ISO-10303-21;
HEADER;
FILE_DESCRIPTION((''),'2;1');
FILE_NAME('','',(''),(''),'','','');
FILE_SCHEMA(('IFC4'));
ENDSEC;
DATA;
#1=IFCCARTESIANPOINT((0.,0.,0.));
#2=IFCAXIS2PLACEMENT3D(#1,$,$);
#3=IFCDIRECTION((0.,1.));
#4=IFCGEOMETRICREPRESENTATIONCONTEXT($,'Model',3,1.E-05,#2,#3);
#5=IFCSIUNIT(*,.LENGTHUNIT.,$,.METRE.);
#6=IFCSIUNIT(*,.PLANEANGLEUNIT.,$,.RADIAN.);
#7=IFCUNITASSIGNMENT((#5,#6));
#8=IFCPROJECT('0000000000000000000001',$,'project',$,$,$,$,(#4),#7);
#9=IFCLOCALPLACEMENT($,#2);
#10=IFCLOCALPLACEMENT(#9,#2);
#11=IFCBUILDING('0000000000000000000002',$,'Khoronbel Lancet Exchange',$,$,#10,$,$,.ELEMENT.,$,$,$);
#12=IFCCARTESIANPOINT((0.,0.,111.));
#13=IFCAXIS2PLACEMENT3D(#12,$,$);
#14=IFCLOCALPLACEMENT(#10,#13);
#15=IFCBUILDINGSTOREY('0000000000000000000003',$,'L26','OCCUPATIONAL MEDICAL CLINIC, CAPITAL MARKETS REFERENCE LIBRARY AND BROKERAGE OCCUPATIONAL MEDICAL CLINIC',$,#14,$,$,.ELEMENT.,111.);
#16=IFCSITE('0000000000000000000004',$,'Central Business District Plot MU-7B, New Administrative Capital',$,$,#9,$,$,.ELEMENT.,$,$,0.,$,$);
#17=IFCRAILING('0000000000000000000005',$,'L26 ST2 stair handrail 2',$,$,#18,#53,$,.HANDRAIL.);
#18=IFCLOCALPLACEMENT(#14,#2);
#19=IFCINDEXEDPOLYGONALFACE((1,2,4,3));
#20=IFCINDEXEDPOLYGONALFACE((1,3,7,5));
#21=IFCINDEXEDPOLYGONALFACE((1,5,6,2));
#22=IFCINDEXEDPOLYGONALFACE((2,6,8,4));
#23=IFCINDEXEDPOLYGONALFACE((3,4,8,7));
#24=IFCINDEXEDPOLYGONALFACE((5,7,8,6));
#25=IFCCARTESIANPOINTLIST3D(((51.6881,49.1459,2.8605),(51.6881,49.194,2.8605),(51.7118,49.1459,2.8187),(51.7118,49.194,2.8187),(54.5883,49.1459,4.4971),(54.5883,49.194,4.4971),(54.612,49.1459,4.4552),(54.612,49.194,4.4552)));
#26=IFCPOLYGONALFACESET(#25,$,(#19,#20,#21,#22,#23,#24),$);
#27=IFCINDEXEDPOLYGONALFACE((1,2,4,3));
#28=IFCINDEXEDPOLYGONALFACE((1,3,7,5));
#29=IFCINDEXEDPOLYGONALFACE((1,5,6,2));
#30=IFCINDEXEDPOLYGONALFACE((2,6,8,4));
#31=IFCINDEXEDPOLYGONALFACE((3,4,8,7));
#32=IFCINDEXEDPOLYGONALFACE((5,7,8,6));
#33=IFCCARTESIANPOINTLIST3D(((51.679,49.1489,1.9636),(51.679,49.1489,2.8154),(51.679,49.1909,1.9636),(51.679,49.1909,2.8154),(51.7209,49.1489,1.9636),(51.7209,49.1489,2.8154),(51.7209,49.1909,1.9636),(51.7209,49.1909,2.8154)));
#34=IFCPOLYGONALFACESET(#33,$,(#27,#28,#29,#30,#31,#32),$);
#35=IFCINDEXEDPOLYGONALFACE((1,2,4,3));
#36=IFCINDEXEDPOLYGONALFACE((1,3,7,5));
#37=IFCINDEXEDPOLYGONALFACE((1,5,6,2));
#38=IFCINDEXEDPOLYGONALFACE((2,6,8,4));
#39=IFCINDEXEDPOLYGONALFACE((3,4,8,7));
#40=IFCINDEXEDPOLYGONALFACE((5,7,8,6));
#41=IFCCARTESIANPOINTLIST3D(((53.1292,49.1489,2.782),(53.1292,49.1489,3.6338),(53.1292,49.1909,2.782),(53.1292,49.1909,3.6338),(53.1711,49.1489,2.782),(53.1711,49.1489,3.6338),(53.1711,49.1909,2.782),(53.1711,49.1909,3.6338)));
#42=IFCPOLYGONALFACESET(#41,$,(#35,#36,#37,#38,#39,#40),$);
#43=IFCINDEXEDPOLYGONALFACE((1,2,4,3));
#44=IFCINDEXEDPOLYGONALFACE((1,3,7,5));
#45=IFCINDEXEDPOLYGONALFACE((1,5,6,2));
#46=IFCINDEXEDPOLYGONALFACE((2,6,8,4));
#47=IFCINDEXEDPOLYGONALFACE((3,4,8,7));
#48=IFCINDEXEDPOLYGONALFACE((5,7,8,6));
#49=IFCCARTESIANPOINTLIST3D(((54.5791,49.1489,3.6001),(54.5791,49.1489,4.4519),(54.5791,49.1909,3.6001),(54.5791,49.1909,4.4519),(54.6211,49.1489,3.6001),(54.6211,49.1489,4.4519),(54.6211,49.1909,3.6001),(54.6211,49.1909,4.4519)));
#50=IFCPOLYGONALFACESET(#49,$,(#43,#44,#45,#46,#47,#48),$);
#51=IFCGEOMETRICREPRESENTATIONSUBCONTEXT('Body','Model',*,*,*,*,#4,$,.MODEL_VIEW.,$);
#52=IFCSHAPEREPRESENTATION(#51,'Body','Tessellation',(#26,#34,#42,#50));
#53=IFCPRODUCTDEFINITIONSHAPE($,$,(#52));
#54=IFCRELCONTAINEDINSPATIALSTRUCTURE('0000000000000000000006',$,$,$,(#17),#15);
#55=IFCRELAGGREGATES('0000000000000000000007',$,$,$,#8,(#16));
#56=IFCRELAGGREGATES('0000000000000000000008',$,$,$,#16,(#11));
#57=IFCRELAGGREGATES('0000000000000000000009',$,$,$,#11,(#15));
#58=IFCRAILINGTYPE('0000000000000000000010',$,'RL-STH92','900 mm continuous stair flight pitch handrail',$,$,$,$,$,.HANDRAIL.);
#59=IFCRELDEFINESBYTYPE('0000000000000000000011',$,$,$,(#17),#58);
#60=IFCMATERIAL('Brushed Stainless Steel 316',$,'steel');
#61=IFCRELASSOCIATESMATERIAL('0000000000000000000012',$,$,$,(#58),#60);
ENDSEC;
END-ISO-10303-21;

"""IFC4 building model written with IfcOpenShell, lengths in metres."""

from ifc_helpers import new_model, si_unit, direction, frame, origin, origin_2d, place, context, subcontext, project, spatial, rectangle, extrude, material, type_object, element, save


model = new_model("IFC4")

# Units and contexts
model_context = context("Model", 3, precision=1e-05, world=origin(), true_north=direction((0.0, 1.0)))
body_context = subcontext(model_context, "Body", "Model", "MODEL_VIEW")
ifc_project = project(units=[si_unit("LENGTHUNIT", "METRE"), si_unit("PLANEANGLEUNIT", "RADIAN")], contexts=[model_context])

# Site, building, storey
site_placement = place(None, origin())
site = spatial("IfcSite", under=ifc_project, at=site_placement, Name="Central Business District Plot MU-7B, New Administrative Capital", CompositionType="ELEMENT", RefElevation=0.0)
building_placement = place(site_placement, origin())
building = spatial("IfcBuilding", under=site, at=building_placement, Name="Khoronbel Lancet Exchange", CompositionType="ELEMENT")
storey_placement = place(building_placement, frame((0.0, 0.0, 111.0)))
storey = spatial("IfcBuildingStorey", under=building, at=storey_placement, Name="L26", Description="OCCUPATIONAL MEDICAL CLINIC, CAPITAL MARKETS REFERENCE LIBRARY AND BROKERAGE OCCUPATIONAL MEDICAL CLINIC", CompositionType="ELEMENT", Elevation=111.0)

# Railing
ifc_material_1 = material(Name="Brushed Stainless Steel 316", Category="steel")
railing_type_1 = type_object("IfcRailingType", Name="RL-STH92", Description="900 mm continuous stair flight pitch handrail", PredefinedType="HANDRAIL", material=ifc_material_1)
railing_1_placement = place(storey_placement, frame((51.7, 49.1699, 1.9636)))
element("IfcRailing", 1, at=railing_1_placement, inside=storey, type_object=railing_type_1, Name="L26 ST2 stair handrail 2", PredefinedType="HANDRAIL", context=body_context, shape_type="SweptSolid", body=[
    extrude(rectangle(XDim=0.0481, YDim=0.0481, at=origin_2d()), frame((0.0, 0.0, 0.876), z_axis=(0.870915, 0.0, 0.491434), x_axis=(0.0, 1.0, 0.0)), (0.0, 0.0, 1.0), 3.3301),
    extrude(rectangle(XDim=0.042, YDim=0.042, at=origin_2d()), origin(), (0.0, 0.0, 1.0), 0.8518),
    extrude(rectangle(XDim=0.042, YDim=0.042, at=origin_2d()), frame((1.4502, 0.0, 0.8184)), (0.0, 0.0, 1.0), 0.8518),
    extrude(rectangle(XDim=0.042, YDim=0.042, at=origin_2d()), frame((2.9001, 0.0, 1.6365)), (0.0, 0.0, 1.0), 0.8518),
])

save(model, "model.ifc")
